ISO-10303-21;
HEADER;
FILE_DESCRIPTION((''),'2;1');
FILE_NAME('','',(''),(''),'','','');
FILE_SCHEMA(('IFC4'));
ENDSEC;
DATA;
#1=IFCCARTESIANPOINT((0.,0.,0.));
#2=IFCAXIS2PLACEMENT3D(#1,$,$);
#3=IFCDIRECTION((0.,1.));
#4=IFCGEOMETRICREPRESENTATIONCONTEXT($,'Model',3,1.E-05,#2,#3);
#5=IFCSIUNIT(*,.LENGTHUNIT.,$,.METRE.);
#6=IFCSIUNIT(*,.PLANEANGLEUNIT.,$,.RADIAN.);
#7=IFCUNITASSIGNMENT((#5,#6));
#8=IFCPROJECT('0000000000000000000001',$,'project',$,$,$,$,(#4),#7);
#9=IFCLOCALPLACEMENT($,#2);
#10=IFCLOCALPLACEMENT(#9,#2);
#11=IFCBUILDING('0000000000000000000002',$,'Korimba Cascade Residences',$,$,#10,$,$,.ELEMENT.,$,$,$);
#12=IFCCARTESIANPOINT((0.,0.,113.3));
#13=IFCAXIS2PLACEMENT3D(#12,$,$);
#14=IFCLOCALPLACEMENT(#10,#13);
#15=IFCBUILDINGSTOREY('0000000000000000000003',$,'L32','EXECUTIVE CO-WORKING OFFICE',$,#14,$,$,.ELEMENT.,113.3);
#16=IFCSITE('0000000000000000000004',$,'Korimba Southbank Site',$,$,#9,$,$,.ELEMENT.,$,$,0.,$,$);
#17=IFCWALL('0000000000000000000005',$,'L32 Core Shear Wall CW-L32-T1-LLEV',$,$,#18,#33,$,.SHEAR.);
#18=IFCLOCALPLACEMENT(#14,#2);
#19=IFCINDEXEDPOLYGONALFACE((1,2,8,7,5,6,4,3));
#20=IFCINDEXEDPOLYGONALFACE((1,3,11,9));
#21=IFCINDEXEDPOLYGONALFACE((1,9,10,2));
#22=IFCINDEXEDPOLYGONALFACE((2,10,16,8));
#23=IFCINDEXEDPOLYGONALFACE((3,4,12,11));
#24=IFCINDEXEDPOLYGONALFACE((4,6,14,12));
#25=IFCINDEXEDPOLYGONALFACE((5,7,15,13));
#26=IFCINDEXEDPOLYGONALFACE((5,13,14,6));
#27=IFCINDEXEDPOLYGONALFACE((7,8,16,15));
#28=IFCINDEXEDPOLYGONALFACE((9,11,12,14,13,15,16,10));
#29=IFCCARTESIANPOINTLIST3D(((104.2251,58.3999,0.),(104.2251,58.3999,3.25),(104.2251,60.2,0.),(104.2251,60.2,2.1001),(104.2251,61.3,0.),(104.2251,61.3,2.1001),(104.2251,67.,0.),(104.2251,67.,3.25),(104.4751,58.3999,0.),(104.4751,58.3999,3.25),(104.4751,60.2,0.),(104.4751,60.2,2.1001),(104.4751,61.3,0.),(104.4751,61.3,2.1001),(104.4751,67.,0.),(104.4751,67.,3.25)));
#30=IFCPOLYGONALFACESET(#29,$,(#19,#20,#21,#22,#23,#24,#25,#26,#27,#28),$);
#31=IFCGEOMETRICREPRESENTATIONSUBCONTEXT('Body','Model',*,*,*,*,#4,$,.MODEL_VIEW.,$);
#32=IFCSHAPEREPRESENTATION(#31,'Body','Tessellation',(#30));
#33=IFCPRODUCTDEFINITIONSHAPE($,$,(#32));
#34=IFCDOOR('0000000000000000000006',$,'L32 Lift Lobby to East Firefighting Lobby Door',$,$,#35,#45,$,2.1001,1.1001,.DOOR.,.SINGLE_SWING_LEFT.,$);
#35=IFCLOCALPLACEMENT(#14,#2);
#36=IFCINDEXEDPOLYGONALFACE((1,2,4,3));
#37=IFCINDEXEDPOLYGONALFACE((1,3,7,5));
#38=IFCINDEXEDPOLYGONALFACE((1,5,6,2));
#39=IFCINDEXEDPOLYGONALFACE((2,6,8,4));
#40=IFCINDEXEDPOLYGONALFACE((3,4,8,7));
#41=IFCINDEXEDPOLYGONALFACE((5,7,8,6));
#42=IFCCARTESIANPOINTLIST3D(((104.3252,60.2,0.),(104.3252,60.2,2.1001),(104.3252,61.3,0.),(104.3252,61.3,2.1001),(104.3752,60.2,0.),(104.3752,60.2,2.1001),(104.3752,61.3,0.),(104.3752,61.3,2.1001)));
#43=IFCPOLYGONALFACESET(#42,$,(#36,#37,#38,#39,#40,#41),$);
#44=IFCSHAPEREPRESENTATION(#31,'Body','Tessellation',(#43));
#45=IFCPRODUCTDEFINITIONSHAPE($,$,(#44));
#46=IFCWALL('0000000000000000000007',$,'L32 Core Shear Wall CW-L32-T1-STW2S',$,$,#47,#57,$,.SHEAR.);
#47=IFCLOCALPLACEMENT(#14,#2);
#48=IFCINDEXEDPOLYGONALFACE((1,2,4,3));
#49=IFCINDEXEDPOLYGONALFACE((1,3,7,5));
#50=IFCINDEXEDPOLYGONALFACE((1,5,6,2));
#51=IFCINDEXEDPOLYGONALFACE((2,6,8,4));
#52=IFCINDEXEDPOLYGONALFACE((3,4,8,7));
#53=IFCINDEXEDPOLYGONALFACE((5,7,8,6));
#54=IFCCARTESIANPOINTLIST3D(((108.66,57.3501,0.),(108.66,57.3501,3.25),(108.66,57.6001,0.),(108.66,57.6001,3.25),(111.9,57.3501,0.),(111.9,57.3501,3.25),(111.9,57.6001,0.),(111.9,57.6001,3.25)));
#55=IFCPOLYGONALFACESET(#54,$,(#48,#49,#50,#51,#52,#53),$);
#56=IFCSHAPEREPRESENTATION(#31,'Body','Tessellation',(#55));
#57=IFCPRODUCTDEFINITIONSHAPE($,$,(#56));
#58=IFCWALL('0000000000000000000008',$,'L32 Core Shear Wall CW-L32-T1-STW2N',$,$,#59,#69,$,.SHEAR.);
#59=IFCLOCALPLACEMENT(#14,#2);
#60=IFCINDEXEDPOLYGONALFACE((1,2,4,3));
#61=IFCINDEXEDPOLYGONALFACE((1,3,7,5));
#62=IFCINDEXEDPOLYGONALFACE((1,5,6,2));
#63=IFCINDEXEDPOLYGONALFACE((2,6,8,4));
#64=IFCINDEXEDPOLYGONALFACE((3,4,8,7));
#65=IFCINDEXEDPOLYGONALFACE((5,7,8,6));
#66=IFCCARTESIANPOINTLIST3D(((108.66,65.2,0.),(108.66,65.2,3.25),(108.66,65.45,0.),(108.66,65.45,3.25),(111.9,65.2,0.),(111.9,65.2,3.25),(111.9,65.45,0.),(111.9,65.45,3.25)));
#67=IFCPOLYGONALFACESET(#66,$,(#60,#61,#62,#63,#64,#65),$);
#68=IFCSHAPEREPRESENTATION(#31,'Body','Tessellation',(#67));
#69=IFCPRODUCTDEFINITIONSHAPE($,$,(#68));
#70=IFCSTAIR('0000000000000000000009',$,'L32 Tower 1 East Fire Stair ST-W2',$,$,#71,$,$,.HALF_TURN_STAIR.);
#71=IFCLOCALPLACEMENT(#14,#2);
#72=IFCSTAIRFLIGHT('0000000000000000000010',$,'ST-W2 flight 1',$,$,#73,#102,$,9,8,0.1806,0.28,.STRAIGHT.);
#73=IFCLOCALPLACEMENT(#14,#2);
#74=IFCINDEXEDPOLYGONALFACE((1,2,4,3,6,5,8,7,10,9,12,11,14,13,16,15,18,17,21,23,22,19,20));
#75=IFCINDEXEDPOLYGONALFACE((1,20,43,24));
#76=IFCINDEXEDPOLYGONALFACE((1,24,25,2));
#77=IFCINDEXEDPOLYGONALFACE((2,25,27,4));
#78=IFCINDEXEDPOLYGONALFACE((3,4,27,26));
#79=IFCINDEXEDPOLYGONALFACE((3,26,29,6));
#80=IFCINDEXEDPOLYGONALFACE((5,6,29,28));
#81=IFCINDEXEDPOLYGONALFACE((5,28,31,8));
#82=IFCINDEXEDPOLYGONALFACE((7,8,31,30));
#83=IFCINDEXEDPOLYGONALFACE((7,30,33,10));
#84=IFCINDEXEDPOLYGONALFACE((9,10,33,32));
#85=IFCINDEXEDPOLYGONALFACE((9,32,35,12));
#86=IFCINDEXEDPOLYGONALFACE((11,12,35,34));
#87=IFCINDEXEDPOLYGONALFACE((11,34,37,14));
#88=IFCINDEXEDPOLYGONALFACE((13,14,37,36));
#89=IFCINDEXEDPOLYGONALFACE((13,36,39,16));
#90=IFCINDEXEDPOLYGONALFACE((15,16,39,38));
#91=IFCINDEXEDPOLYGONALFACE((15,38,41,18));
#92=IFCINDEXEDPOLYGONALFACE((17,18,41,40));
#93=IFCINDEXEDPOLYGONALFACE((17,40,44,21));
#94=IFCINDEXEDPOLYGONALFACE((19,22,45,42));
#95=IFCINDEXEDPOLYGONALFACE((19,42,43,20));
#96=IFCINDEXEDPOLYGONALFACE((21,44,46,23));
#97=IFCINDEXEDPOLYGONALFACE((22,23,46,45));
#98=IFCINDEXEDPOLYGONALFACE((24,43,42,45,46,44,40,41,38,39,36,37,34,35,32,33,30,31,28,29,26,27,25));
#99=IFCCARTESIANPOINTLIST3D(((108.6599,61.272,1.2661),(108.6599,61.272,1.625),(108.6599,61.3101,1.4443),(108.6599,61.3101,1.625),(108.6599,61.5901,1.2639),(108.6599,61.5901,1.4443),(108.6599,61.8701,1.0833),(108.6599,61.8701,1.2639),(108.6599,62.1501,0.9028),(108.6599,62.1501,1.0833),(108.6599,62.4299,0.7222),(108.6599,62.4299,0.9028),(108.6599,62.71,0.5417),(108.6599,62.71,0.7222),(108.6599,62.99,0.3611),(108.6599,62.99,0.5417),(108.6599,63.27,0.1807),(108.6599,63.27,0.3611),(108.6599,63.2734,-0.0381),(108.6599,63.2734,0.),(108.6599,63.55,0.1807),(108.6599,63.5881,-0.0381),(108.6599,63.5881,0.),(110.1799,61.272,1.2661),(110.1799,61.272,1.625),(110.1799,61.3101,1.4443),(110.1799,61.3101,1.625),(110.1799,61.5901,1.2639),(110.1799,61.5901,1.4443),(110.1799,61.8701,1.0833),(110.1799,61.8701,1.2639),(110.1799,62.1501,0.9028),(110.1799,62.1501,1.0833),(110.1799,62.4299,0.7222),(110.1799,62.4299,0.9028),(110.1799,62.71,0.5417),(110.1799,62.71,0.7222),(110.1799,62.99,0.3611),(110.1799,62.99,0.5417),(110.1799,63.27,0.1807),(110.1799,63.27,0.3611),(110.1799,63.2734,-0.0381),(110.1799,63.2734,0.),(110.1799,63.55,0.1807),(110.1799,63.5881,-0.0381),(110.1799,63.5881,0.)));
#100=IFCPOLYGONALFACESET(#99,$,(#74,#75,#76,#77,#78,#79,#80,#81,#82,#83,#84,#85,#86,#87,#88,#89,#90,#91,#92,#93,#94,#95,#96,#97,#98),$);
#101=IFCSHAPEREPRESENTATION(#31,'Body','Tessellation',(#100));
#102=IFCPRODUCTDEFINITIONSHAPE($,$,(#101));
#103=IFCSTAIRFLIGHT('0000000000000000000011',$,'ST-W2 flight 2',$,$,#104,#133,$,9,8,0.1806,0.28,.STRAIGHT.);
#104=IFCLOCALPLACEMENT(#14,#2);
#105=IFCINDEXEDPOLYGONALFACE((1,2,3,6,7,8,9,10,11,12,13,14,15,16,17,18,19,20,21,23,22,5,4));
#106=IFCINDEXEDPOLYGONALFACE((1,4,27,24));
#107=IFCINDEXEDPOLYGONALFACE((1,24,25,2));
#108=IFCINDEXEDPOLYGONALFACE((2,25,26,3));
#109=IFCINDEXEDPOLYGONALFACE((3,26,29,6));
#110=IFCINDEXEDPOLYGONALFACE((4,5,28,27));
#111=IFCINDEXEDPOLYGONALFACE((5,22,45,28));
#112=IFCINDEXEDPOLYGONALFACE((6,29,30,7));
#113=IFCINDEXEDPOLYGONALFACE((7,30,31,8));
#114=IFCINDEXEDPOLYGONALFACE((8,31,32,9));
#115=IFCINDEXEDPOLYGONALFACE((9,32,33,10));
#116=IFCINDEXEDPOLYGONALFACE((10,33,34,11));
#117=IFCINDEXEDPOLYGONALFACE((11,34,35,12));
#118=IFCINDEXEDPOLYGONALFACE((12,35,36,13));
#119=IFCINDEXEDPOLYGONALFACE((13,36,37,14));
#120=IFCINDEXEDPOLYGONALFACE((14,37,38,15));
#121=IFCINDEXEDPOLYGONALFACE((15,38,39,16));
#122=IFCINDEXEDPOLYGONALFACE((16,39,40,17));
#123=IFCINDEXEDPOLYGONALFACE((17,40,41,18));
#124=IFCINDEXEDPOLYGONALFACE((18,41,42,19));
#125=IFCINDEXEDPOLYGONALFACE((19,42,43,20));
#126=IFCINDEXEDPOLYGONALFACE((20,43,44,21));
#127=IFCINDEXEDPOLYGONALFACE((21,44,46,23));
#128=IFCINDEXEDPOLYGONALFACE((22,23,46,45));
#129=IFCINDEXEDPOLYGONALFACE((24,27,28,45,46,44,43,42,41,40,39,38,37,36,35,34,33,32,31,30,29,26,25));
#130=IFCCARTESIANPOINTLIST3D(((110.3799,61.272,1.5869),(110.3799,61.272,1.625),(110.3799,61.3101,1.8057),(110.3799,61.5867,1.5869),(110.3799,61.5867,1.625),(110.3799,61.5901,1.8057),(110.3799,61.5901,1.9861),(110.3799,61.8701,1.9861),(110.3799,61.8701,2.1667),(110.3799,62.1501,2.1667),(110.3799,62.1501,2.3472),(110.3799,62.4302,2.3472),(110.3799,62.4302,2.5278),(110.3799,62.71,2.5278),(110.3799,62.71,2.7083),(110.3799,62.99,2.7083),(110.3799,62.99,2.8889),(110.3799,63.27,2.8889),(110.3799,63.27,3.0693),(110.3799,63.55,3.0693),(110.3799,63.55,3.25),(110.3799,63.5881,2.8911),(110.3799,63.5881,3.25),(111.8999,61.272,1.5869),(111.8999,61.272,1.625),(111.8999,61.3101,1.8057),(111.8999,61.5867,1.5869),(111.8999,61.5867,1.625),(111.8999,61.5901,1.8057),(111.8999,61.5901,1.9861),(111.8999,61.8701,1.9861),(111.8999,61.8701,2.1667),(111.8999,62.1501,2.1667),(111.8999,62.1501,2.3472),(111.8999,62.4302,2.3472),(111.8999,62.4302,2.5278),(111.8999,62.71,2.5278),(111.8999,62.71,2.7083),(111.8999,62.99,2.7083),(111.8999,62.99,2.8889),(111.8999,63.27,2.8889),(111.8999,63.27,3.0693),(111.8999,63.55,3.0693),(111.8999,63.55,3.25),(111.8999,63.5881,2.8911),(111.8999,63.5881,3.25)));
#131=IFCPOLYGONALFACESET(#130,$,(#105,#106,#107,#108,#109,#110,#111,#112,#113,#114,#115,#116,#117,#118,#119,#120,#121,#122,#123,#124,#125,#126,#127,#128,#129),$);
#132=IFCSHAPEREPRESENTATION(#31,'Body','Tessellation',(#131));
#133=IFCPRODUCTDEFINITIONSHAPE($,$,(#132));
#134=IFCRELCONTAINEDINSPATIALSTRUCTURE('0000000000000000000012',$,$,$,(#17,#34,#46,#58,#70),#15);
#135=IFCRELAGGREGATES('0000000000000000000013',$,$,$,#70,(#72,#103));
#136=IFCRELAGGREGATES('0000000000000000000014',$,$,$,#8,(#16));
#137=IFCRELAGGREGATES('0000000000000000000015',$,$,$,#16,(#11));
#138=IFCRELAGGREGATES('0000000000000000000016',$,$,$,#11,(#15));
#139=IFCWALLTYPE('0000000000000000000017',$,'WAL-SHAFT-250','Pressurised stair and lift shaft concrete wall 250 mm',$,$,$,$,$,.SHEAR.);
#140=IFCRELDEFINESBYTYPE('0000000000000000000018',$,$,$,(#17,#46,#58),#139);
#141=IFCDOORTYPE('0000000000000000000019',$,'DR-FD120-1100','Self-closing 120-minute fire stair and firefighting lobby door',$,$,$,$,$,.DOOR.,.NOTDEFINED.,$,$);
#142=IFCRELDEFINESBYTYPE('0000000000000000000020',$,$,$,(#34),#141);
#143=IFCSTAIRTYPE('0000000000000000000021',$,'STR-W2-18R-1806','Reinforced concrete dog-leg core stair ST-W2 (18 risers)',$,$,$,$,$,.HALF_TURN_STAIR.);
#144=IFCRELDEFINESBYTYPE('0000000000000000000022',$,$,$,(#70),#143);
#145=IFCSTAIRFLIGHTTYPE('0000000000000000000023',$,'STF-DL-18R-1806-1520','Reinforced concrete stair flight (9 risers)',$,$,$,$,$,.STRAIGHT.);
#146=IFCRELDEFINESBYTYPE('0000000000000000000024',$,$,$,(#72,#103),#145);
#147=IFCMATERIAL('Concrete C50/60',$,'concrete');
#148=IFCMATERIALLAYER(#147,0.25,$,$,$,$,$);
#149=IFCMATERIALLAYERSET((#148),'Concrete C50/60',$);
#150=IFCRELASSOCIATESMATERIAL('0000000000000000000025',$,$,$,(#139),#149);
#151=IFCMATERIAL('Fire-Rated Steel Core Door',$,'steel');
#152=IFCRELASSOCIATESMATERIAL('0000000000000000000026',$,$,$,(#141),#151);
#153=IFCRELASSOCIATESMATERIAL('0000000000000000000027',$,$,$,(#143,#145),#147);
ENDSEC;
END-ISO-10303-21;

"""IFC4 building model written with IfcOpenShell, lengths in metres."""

from ifc_helpers import new_model, si_unit, direction, frame, frame_2d, origin, place, context, subcontext, project, spatial, polyline, rectangle, outline, extrude, material, layer, layer_set, type_object, element, fill, aggregate, save


model = new_model("IFC4")

# Units and contexts
model_context = context("Model", 3, precision=1e-05, world=origin(), true_north=direction((0.0, 1.0)))
body_context = subcontext(model_context, "Body", "Model", "MODEL_VIEW")
ifc_project = project(units=[si_unit("LENGTHUNIT", "METRE"), si_unit("PLANEANGLEUNIT", "RADIAN")], contexts=[model_context])

# Site, building, storey
site_placement = place(None, origin())
site = spatial("IfcSite", under=ifc_project, at=site_placement, Name="Korimba Southbank Site", CompositionType="ELEMENT", RefElevation=0.0)
building_placement = place(site_placement, origin())
building = spatial("IfcBuilding", under=site, at=building_placement, Name="Korimba Cascade Residences", CompositionType="ELEMENT")
storey_placement = place(building_placement, frame((0.0, 0.0, 113.3)))
storey = spatial("IfcBuildingStorey", under=building, at=storey_placement, Name="L32", Description="EXECUTIVE CO-WORKING OFFICE", CompositionType="ELEMENT", Elevation=113.3)

# Shared definitions
ifc_material_1 = material(Name="Concrete C50/60", Category="concrete")
ifc_layer_1 = layer(ifc_material_1, 0.25)
ifc_layer_set_1 = layer_set([ifc_layer_1], Name="Concrete C50/60")
wall_type_1 = type_object("IfcWallType", Name="WAL-SHAFT-250", Description="Pressurised stair and lift shaft concrete wall 250 mm", PredefinedType="SHEAR", material=ifc_layer_set_1)

# Wall, opening, door
wall_1_placement = place(storey_placement, frame((104.3501, 58.3999, 0.0), z_axis=(0.0, 0.0, 1.0), x_axis=(0.0, 1.0, 0.0)))
wall_1 = element("IfcWall", 1, at=wall_1_placement, inside=storey, type_object=wall_type_1, Name="L32 Core Shear Wall CW-L32-T1-LLEV", PredefinedType="SHEAR", context=body_context, shape_type="SweptSolid", body=[
    extrude(rectangle(XDim=8.6001, YDim=0.25, at=frame_2d((4.3, 0.0))), origin(), (0.0, 0.0, 1.0), 3.25),
])
opening_1_placement = place(wall_1_placement, frame((1.8, 0.0, 0.0)))
opening_1 = element("IfcOpeningElement", 2, at=opening_1_placement, cuts=wall_1, PredefinedType="OPENING", context=body_context, shape_type="SweptSolid", body=[
    extrude(rectangle(XDim=1.1001, YDim=2.1001, at=frame_2d((0.55, 1.05))), frame((0.0, 0.135, 0.0), z_axis=(0.0, -1.0, 0.0), x_axis=(1.0, 0.0, 0.0)), (0.0, 0.0, 1.0), 0.27),
])
ifc_material_2 = material(Name="Fire-Rated Steel Core Door", Category="steel")
door_type_1 = type_object("IfcDoorType", Name="DR-FD120-1100", Description="Self-closing 120-minute fire stair and firefighting lobby door", OperationType="NOTDEFINED", PredefinedType="DOOR", material=ifc_material_2)
door_1_placement = place(opening_1_placement, origin())
door_1 = element("IfcDoor", 3, at=door_1_placement, inside=storey, type_object=door_type_1, Name="L32 Lift Lobby to East Firefighting Lobby Door", OperationType="SINGLE_SWING_LEFT", OverallHeight=2.1001, OverallWidth=1.1001, PredefinedType="DOOR", context=body_context, shape_type="SweptSolid", body=[
    extrude(rectangle(XDim=1.1001, YDim=2.1001, at=frame_2d((0.55, 1.05))), frame((0.0, 0.0249, 0.0), z_axis=(0.0, -1.0, 0.0), x_axis=(1.0, 0.0, 0.0)), (0.0, 0.0, 1.0), 0.05),
])
fill(opening_1, door_1)

# Walls
for number, where, z_axis, x_axis, name in (
    (4, (108.6599, 57.4751, 0.0), (0.0, 0.0, 1.0), (1.0, 0.0, 0.0), "L32 Core Shear Wall CW-L32-T1-STW2S"),
    (5, (108.6599, 65.325, 0.0), (0.0, 0.0, 1.0), (1.0, 0.0, 0.0), "L32 Core Shear Wall CW-L32-T1-STW2N"),
):
    element("IfcWall", number, at=place(storey_placement, frame(where, z_axis=z_axis, x_axis=x_axis)), inside=storey, type_object=wall_type_1, Name=name, PredefinedType="SHEAR", context=body_context, shape_type="SweptSolid", body=[
        extrude(rectangle(XDim=3.24, YDim=0.25, at=frame_2d((1.6201, 0.0))), origin(), (0.0, 0.0, 1.0), 3.25),
    ])

# Stair, stair flights
stair_type = type_object("IfcStairType", Name="STR-W2-18R-1806", Description="Reinforced concrete dog-leg core stair ST-W2 (18 risers)", PredefinedType="HALF_TURN_STAIR", material=ifc_material_1)
stair_placement = place(storey_placement, origin())
stair = element("IfcStair", 6, at=stair_placement, inside=storey, type_object=stair_type, Name="L32 Tower 1 East Fire Stair ST-W2", PredefinedType="HALF_TURN_STAIR")
stair_flight_type = type_object("IfcStairFlightType", Name="STF-DL-18R-1806-1520", Description="Reinforced concrete stair flight (9 risers)", PredefinedType="STRAIGHT", material=ifc_material_1)
stair_flight_1_placement = place(storey_placement, frame((109.4199, 63.55, 0.0), z_axis=(0.0, 0.0, 1.0), x_axis=(0.0, -1.0, 0.0)))
stair_flight_1 = element("IfcStairFlight", 7, at=stair_flight_1_placement, type_object=stair_flight_type, Name="ST-W2 flight 1", NumberOfRisers=9, NumberOfTreads=8, PredefinedType="STRAIGHT", RiserHeight=0.1806, TreadLength=0.28, context=body_context, shape_type="SweptSolid", body=[
    extrude(outline(polyline([(-0.0381, 0.0), (0.0, 0.1807), (0.28, 0.1807), (0.28, 0.3611), (0.5601, 0.3611), (0.5601, 0.5417), (0.8401, 0.5417), (0.8401, 0.7222), (1.1201, 0.7222), (1.1201, 0.9028), (1.3999, 0.9028), (1.3999, 1.0833), (1.6799, 1.0833), (1.6799, 1.2639), (1.96, 1.2639), (1.96, 1.4443), (2.24, 1.4443), (2.24, 1.625), (2.2781, 1.625), (2.2781, 1.2661), (0.2766, 0.0), (0.2766, -0.0381), (-0.0381, -0.0381), (-0.0381, 0.0)])), frame((0.0, 0.76, 0.0), z_axis=(0.0, -1.0, 0.0), x_axis=(1.0, 0.0, 0.0)), (0.0, 0.0, 1.0), 1.52),
])
stair_flight_2_placement = place(storey_placement, frame((111.1399, 61.3101, 1.625), z_axis=(0.0, 0.0, 1.0), x_axis=(0.0, 1.0, 0.0)))
stair_flight_2 = element("IfcStairFlight", 8, at=stair_flight_2_placement, type_object=stair_flight_type, Name="ST-W2 flight 2", NumberOfRisers=9, NumberOfTreads=8, PredefinedType="STRAIGHT", RiserHeight=0.1806, TreadLength=0.28, context=body_context, shape_type="SweptSolid", body=[
    extrude(outline(polyline([(-0.0381, 0.0), (0.0, 0.1807), (0.28, 0.1807), (0.28, 0.3611), (0.5601, 0.3611), (0.5601, 0.5417), (0.8401, 0.5417), (0.8401, 0.7222), (1.1201, 0.7222), (1.1201, 0.9028), (1.3999, 0.9028), (1.3999, 1.0833), (1.6799, 1.0833), (1.6799, 1.2639), (1.96, 1.2639), (1.96, 1.4443), (2.24, 1.4443), (2.24, 1.625), (2.2781, 1.625), (2.2781, 1.2661), (0.2766, 0.0), (0.2766, -0.0381), (-0.0381, -0.0381), (-0.0381, 0.0)])), frame((0.0, 0.76, 0.0), z_axis=(0.0, -1.0, 0.0), x_axis=(1.0, 0.0, 0.0)), (0.0, 0.0, 1.0), 1.52),
])
aggregate(stair, [stair_flight_1, stair_flight_2])

save(model, "model.ifc")
